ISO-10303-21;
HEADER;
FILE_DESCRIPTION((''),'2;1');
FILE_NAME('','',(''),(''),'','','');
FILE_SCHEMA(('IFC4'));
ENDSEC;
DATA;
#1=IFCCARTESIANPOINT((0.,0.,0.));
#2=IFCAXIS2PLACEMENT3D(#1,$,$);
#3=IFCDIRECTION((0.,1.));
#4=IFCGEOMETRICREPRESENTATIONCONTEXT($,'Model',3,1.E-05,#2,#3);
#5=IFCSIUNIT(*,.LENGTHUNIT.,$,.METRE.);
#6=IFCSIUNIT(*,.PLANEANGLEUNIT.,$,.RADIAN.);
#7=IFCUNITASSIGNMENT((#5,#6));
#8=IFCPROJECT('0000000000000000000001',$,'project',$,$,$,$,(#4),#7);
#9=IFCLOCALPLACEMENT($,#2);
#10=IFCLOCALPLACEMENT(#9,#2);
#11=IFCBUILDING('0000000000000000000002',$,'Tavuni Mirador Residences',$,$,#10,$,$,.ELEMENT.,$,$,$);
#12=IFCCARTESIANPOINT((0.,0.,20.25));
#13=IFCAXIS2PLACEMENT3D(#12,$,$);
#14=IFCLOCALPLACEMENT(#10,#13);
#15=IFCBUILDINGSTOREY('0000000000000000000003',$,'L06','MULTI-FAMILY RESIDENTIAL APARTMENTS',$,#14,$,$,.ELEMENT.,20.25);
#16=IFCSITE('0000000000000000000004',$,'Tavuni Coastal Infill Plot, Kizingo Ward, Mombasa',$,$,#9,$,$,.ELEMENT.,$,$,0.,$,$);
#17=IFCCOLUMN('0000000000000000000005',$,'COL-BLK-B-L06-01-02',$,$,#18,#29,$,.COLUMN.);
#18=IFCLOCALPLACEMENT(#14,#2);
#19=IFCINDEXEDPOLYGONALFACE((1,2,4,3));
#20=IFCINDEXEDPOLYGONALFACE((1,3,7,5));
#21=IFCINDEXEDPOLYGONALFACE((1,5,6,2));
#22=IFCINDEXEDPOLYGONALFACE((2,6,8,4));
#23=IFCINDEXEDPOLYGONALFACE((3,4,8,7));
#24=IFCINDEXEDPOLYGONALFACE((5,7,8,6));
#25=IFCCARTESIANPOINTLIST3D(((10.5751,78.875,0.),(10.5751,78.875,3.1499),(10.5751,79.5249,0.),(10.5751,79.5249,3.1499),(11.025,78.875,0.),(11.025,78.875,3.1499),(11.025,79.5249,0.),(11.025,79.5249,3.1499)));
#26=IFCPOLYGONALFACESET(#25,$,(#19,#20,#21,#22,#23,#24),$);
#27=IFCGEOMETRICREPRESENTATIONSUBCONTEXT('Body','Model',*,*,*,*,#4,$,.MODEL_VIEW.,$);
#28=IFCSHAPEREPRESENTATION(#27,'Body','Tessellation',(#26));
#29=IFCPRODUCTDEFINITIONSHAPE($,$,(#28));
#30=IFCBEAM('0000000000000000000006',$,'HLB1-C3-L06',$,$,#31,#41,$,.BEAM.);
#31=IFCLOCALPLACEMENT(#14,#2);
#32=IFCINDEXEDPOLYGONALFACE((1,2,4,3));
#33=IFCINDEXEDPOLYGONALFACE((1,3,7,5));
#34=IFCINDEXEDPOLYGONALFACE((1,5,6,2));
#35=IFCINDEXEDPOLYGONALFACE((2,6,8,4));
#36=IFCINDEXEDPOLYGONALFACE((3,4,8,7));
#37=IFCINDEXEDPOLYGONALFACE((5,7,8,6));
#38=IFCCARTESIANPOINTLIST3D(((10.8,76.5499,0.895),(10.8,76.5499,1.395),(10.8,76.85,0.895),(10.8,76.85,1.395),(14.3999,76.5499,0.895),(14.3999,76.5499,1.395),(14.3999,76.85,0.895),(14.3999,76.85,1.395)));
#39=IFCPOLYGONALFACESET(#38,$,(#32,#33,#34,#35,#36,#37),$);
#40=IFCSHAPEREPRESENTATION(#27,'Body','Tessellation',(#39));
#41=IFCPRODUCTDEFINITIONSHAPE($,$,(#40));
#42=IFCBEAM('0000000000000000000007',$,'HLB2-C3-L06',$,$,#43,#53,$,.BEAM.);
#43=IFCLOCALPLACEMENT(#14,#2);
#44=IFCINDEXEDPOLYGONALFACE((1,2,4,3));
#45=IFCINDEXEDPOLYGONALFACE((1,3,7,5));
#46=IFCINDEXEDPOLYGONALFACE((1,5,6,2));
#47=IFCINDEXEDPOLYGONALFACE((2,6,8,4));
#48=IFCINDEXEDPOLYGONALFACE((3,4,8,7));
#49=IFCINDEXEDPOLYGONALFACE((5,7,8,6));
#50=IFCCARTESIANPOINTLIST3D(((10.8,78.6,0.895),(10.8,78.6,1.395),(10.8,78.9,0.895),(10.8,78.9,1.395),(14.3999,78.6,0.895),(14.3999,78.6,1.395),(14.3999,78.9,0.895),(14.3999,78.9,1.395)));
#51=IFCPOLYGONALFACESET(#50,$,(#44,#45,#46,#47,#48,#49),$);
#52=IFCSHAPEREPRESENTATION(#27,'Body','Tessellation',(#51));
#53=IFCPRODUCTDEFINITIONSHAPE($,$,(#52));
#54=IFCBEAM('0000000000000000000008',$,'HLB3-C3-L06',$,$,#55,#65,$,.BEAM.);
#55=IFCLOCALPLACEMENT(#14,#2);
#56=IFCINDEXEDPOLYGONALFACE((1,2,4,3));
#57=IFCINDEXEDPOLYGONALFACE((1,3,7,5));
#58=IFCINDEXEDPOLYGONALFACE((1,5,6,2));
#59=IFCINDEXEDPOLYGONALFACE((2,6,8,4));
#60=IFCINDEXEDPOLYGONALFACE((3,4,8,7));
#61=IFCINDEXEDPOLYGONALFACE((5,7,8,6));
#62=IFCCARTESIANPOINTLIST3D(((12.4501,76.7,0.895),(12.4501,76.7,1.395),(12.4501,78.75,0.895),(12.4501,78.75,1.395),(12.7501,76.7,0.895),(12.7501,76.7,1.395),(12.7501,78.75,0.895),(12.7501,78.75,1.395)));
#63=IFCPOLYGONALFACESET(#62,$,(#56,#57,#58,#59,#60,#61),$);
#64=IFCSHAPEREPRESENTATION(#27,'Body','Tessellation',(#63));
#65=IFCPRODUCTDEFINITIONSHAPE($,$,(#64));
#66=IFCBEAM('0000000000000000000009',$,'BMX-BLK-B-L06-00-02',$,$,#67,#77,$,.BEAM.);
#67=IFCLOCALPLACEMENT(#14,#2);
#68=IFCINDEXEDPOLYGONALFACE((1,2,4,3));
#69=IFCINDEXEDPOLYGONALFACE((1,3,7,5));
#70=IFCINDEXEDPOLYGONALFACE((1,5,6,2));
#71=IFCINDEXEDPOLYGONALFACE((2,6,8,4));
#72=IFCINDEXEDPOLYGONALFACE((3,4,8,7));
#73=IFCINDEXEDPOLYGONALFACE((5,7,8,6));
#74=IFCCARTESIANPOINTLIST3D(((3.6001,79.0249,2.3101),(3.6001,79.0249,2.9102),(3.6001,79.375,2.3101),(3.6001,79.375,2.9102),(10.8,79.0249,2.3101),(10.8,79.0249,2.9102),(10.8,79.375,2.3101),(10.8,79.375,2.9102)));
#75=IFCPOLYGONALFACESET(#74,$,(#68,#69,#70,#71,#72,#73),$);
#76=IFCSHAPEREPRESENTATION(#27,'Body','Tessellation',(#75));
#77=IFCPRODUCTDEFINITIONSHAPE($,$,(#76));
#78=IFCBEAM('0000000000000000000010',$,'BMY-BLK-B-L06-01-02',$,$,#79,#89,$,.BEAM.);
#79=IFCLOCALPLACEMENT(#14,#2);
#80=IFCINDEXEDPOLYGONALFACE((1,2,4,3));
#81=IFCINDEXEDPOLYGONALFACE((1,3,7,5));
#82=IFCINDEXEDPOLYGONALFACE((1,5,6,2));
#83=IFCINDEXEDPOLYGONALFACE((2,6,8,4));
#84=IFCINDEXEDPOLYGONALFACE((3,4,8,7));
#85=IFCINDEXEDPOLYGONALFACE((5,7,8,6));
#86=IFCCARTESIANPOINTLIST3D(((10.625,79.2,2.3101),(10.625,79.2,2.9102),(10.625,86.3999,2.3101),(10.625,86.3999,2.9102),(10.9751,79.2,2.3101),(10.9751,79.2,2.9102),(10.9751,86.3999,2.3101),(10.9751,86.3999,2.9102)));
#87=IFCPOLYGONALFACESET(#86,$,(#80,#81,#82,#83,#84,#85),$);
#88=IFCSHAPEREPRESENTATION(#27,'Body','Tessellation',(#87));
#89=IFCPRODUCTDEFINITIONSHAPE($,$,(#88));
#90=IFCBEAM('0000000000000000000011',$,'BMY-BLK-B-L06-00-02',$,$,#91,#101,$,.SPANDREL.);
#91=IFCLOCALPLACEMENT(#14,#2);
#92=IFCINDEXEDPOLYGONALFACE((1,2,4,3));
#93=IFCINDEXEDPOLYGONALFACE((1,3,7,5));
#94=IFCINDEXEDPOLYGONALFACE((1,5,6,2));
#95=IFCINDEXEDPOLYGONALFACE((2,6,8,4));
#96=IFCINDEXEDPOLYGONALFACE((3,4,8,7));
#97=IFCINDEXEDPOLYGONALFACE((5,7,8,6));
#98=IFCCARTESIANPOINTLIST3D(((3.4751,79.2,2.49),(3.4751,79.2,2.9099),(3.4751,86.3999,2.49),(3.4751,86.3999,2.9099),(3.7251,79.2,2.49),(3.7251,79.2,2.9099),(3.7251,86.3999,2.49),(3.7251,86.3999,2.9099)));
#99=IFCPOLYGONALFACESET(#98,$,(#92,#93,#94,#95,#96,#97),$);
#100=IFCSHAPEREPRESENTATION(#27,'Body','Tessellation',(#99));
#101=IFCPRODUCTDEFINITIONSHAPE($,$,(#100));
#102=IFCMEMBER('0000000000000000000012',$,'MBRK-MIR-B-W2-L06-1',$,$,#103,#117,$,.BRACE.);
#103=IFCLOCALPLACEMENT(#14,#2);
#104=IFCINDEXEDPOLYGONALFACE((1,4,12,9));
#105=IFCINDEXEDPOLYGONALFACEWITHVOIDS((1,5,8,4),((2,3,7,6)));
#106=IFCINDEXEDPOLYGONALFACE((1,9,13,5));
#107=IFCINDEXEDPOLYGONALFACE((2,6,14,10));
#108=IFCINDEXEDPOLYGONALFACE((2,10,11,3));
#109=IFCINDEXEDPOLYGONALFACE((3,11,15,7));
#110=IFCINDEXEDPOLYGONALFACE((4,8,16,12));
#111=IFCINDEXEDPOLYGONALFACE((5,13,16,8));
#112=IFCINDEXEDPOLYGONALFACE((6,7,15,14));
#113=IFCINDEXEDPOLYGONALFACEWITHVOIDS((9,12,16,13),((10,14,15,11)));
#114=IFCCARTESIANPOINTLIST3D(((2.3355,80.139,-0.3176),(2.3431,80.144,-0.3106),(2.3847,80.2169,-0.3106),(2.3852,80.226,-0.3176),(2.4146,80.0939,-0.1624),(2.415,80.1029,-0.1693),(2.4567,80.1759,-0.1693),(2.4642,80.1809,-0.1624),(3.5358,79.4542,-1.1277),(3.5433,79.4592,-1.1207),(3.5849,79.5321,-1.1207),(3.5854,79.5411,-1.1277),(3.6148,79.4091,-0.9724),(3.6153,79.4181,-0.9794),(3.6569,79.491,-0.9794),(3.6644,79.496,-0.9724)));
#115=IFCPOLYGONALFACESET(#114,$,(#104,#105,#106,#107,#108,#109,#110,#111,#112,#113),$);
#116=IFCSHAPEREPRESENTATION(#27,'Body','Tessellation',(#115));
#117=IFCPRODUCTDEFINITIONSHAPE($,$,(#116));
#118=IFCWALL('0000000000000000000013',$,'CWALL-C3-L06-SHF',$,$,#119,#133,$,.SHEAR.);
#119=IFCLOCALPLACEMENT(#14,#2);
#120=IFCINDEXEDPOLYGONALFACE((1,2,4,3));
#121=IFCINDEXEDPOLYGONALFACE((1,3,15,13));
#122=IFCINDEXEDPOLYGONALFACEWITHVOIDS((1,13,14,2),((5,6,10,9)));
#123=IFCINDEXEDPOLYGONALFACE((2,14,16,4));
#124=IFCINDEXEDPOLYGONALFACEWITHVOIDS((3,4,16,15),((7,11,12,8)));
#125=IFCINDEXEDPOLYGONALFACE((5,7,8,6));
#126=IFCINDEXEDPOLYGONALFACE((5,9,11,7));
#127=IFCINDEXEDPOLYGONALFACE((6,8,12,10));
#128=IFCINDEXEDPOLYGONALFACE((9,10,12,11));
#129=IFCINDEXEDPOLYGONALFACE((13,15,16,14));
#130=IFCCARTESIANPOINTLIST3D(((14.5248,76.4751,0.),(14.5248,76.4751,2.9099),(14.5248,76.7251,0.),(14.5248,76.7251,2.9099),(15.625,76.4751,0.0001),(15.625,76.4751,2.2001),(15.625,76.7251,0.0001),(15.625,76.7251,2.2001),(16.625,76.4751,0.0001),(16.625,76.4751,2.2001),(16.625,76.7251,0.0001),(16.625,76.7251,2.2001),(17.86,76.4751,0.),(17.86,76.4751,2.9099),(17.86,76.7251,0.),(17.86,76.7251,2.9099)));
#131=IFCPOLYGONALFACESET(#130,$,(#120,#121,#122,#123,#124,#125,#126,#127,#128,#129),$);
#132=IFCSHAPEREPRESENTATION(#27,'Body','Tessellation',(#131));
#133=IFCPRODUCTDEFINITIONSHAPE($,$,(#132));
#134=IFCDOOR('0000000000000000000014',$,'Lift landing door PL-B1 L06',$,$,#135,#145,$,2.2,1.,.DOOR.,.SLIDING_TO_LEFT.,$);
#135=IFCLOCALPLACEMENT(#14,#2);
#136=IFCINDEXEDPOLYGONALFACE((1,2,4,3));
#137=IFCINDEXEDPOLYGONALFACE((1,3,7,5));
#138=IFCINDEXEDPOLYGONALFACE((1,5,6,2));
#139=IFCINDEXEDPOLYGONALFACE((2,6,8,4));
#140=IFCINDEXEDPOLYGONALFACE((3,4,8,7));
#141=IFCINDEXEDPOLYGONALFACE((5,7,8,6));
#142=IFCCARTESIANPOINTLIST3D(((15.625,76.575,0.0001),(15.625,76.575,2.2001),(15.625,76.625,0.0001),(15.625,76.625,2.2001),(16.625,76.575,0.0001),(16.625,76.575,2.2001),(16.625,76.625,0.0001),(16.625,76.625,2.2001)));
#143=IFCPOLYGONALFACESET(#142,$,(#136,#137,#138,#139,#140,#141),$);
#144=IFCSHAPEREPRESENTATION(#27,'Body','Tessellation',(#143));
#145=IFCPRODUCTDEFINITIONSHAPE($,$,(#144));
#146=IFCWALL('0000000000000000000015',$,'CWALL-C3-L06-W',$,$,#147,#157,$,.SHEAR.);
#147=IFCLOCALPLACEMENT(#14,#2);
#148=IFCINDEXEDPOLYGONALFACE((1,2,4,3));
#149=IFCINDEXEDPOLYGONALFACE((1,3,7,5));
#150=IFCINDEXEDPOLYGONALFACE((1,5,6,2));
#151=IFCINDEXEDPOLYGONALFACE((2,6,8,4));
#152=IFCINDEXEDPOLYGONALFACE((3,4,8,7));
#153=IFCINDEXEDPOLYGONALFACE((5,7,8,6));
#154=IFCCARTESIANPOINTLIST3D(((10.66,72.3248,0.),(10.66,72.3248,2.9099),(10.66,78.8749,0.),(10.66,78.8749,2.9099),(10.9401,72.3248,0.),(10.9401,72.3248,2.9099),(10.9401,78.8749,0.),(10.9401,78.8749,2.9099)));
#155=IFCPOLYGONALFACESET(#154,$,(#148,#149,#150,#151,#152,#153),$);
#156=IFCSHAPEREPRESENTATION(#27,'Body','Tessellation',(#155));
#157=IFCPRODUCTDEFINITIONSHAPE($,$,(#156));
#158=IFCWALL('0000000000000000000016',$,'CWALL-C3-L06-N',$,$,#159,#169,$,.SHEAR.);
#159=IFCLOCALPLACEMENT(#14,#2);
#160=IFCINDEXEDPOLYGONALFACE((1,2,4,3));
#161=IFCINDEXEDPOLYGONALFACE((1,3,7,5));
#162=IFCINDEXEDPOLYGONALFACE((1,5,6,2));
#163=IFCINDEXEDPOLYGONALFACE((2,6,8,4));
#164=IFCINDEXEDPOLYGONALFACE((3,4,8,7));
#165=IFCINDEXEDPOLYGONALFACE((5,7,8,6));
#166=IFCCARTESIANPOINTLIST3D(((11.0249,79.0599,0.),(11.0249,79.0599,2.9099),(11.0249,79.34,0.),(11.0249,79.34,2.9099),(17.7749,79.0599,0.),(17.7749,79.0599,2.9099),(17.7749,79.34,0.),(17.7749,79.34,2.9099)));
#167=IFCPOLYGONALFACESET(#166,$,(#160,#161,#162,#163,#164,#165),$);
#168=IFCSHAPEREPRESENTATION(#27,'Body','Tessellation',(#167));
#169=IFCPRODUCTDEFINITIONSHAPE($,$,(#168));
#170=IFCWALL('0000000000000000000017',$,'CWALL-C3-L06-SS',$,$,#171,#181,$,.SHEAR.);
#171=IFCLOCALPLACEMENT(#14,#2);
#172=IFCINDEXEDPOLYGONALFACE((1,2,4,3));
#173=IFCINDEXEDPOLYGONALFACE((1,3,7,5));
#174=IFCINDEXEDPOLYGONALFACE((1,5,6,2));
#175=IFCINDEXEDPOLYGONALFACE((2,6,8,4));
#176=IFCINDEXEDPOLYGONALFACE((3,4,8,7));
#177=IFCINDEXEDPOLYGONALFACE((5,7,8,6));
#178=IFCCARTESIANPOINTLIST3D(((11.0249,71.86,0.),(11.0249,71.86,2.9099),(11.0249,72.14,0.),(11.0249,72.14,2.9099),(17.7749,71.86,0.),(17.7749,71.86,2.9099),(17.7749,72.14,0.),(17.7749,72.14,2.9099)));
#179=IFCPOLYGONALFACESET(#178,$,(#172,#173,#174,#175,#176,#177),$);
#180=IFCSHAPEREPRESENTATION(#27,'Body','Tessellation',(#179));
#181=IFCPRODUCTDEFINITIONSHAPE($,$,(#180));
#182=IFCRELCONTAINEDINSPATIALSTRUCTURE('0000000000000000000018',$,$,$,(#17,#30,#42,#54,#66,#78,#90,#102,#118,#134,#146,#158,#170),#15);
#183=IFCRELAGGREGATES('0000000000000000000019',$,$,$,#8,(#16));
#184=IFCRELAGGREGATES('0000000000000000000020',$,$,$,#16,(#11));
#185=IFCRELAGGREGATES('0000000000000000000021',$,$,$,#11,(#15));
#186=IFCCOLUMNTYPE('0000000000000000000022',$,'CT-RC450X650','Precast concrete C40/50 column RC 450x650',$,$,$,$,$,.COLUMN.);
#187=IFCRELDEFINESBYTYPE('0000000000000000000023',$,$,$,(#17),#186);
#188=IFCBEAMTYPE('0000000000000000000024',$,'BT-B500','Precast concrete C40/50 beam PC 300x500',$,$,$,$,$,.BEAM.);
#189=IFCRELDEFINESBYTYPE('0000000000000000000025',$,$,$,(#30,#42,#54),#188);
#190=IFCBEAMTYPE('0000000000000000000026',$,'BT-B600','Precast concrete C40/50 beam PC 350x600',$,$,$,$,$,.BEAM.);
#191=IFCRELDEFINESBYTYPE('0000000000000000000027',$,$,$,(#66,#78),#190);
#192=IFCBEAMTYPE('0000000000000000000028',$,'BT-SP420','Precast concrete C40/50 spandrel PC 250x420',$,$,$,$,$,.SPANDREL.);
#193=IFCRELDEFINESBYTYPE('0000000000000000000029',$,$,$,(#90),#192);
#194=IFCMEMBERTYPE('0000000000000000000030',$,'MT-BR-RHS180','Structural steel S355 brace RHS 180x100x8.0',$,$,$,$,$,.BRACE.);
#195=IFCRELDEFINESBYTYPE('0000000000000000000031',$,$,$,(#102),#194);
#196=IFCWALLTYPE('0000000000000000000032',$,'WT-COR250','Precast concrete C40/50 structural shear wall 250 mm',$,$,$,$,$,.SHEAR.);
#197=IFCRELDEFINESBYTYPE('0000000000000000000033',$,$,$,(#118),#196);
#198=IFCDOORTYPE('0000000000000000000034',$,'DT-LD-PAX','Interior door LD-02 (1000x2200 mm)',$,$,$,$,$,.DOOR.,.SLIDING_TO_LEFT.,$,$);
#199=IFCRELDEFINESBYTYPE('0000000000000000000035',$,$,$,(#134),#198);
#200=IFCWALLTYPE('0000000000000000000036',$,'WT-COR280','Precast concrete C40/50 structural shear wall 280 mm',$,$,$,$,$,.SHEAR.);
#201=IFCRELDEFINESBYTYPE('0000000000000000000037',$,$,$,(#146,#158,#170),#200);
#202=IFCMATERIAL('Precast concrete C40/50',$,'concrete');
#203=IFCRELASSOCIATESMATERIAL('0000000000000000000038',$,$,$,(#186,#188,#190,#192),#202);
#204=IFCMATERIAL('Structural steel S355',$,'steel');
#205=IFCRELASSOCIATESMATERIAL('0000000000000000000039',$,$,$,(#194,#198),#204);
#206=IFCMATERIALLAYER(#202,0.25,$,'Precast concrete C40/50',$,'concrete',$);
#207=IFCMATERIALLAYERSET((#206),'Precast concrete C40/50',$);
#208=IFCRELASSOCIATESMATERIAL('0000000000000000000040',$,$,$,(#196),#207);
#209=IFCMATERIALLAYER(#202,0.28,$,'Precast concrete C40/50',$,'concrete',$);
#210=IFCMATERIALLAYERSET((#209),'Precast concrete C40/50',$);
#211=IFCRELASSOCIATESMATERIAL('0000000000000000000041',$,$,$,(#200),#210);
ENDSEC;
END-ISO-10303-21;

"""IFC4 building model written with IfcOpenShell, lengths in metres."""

from ifc_helpers import new_model, si_unit, direction, frame, frame_2d, origin, origin_2d, place, context, subcontext, project, spatial, rectangle, hollow_rectangle, extrude, material, layer, layer_set, material_profile, profile_set, type_object, element, fill, save


model = new_model("IFC4")

# Units and contexts
model_context = context("Model", 3, precision=1e-05, world=origin(), true_north=direction((0.0, 1.0)))
body_context = subcontext(model_context, "Body", "Model", "MODEL_VIEW")
ifc_project = project(units=[si_unit("LENGTHUNIT", "METRE"), si_unit("PLANEANGLEUNIT", "RADIAN")], contexts=[model_context])

# Site, building, storey
site_placement = place(None, origin())
site = spatial("IfcSite", under=ifc_project, at=site_placement, Name="Tavuni Coastal Infill Plot, Kizingo Ward, Mombasa", CompositionType="ELEMENT", RefElevation=0.0)
building_placement = place(site_placement, origin())
building = spatial("IfcBuilding", under=site, at=building_placement, Name="Tavuni Mirador Residences", CompositionType="ELEMENT")
storey_placement = place(building_placement, frame((0.0, 0.0, 20.25)))
storey = spatial("IfcBuildingStorey", under=building, at=storey_placement, Name="L06", Description="MULTI-FAMILY RESIDENTIAL APARTMENTS", CompositionType="ELEMENT", Elevation=20.25)

# Column
ifc_material_1 = material(Name="Precast concrete C40/50", Category="concrete")
ifc_material_profile_1 = material_profile(ifc_material_1, rectangle(XDim=0.45, YDim=0.6499, at=origin_2d()), Name="RC 450x650", Category="concrete")
ifc_profile_set_1 = profile_set([ifc_material_profile_1], Name="Precast concrete C40/50")
column_type = type_object("IfcColumnType", Name="CT-RC450X650", Description="Precast concrete C40/50 column RC 450x650", PredefinedType="COLUMN", material=ifc_profile_set_1)
column_placement = place(storey_placement, frame((10.8, 79.2, 0.0), z_axis=(0.0, 0.0, 1.0), x_axis=(1.0, 0.0, 0.0)))
element("IfcColumn", 1, at=column_placement, inside=storey, type_object=column_type, Name="COL-BLK-B-L06-01-02", PredefinedType="COLUMN", context=body_context, shape_type="SweptSolid", body=[
    extrude(rectangle(XDim=0.45, YDim=0.6499, at=origin_2d()), origin(), (0.0, 0.0, 1.0), 3.1499),
])

# Beams
ifc_material_profile_2 = material_profile(ifc_material_1, rectangle(XDim=0.3, YDim=0.5, at=origin_2d()), Name="PC 300x500", Category="concrete")
ifc_profile_set_2 = profile_set([ifc_material_profile_2], Name="Precast concrete C40/50")
beam_type_1 = type_object("IfcBeamType", Name="BT-B500", Description="Precast concrete C40/50 beam PC 300x500", PredefinedType="BEAM", material=ifc_profile_set_2)
for number, where, z_axis, x_axis, name in (
    (2, (10.8, 76.7, 1.145), (1.0, 0.0, 0.0), (0.0, 1.0, 0.0), "HLB1-C3-L06"),
    (3, (10.8, 78.75, 1.145), (1.0, 0.0, 0.0), (0.0, 1.0, 0.0), "HLB2-C3-L06"),
):
    element("IfcBeam", number, at=place(storey_placement, frame(where, z_axis=z_axis, x_axis=x_axis)), inside=storey, type_object=beam_type_1, Name=name, PredefinedType="BEAM", context=body_context, shape_type="SweptSolid", body=[
        extrude(rectangle(XDim=0.3, YDim=0.5, at=origin_2d()), origin(), (0.0, 0.0, 1.0), 3.5999),
    ])
beam_1_placement = place(storey_placement, frame((12.6001, 76.7, 1.145), z_axis=(0.0, 1.0, 0.0), x_axis=(-1.0, 0.0, 0.0)))
element("IfcBeam", 4, at=beam_1_placement, inside=storey, type_object=beam_type_1, Name="HLB3-C3-L06", PredefinedType="BEAM", context=body_context, shape_type="SweptSolid", body=[
    extrude(rectangle(XDim=0.3, YDim=0.5, at=origin_2d()), origin(), (0.0, 0.0, 1.0), 2.05),
])
ifc_material_profile_3 = material_profile(ifc_material_1, rectangle(XDim=0.3501, YDim=0.6001, at=origin_2d()), Name="PC 350x600", Category="concrete")
ifc_profile_set_3 = profile_set([ifc_material_profile_3], Name="Precast concrete C40/50")
beam_type_2 = type_object("IfcBeamType", Name="BT-B600", Description="Precast concrete C40/50 beam PC 350x600", PredefinedType="BEAM", material=ifc_profile_set_3)
for number, where, z_axis, x_axis, name in (
    (5, (3.6001, 79.2, 2.6101), (1.0, 0.0, 0.0), (0.0, 1.0, 0.0), "BMX-BLK-B-L06-00-02"),
    (6, (10.8, 79.2, 2.6101), (0.0, 1.0, 0.0), (-1.0, 0.0, 0.0), "BMY-BLK-B-L06-01-02"),
):
    element("IfcBeam", number, at=place(storey_placement, frame(where, z_axis=z_axis, x_axis=x_axis)), inside=storey, type_object=beam_type_2, Name=name, PredefinedType="BEAM", context=body_context, shape_type="SweptSolid", body=[
        extrude(rectangle(XDim=0.3501, YDim=0.6001, at=origin_2d()), origin(), (0.0, 0.0, 1.0), 7.2),
    ])
ifc_material_profile_4 = material_profile(ifc_material_1, rectangle(XDim=0.25, YDim=0.4199, at=origin_2d()), Name="PC 250x420", Category="concrete")
ifc_profile_set_4 = profile_set([ifc_material_profile_4], Name="Precast concrete C40/50")
beam_type_3 = type_object("IfcBeamType", Name="BT-SP420", Description="Precast concrete C40/50 spandrel PC 250x420", PredefinedType="SPANDREL", material=ifc_profile_set_4)
beam_2_placement = place(storey_placement, frame((3.6001, 79.2, 2.7), z_axis=(0.0, 1.0, 0.0), x_axis=(-1.0, 0.0, 0.0)))
element("IfcBeam", 7, at=beam_2_placement, inside=storey, type_object=beam_type_3, Name="BMY-BLK-B-L06-00-02", PredefinedType="SPANDREL", context=body_context, shape_type="SweptSolid", body=[
    extrude(rectangle(XDim=0.25, YDim=0.4199, at=origin_2d()), origin(), (0.0, 0.0, 1.0), 7.2),
])

# Member
ifc_material_2 = material(Name="Structural steel S355", Category="steel")
ifc_material_profile_5 = material_profile(ifc_material_2, hollow_rectangle(XDim=0.1001, YDim=0.1799, WallThickness=0.0081, at=origin_2d()), Name="RHS 180x100x8.0", Category="steel")
ifc_profile_set_5 = profile_set([ifc_material_profile_5], Name="Structural steel S355")
member_type = type_object("IfcMemberType", Name="MT-BR-RHS180", Description="Structural steel S355 brace RHS 180x100x8.0", PredefinedType="BRACE", material=ifc_profile_set_5)
member_placement = place(storey_placement, frame((3.6001, 79.4751, -1.05), z_axis=(-0.749298, 0.427539, 0.50573), x_axis=(-0.495587, -0.868558, 0.0)))
element("IfcMember", 8, at=member_placement, inside=storey, type_object=member_type, Name="MBRK-MIR-B-W2-L06-1", PredefinedType="BRACE", context=body_context, shape_type="SweptSolid", body=[
    extrude(hollow_rectangle(XDim=0.1001, YDim=0.1799, WallThickness=0.0081, at=origin_2d()), origin(), (0.0, 0.0, 1.0), 1.6018),
])

# Wall, opening, door
ifc_layer_1 = layer(ifc_material_1, 0.25, Name="Precast concrete C40/50", Category="concrete")
ifc_layer_set_1 = layer_set([ifc_layer_1], Name="Precast concrete C40/50")
wall_type_1 = type_object("IfcWallType", Name="WT-COR250", Description="Precast concrete C40/50 structural shear wall 250 mm", PredefinedType="SHEAR", material=ifc_layer_set_1)
wall_1_placement = place(storey_placement, frame((14.5249, 76.6001, 0.0), z_axis=(0.0, 0.0, 1.0), x_axis=(1.0, 0.0, 0.0)))
wall_1 = element("IfcWall", 9, at=wall_1_placement, inside=storey, type_object=wall_type_1, Name="CWALL-C3-L06-SHF", PredefinedType="SHEAR", context=body_context, shape_type="SweptSolid", body=[
    extrude(rectangle(XDim=3.3352, YDim=0.25, at=frame_2d((1.6675, 0.0))), origin(), (0.0, 0.0, 1.0), 2.9099),
])
opening_1_placement = place(wall_1_placement, frame((1.1001, 0.0, 0.0)))
opening_1 = element("IfcOpeningElement", 10, at=opening_1_placement, cuts=wall_1, PredefinedType="OPENING", context=body_context, shape_type="SweptSolid", body=[
    extrude(rectangle(XDim=1.0, YDim=2.2, at=frame_2d((0.5, 1.1001))), frame((0.0, 0.135, 0.0), z_axis=(0.0, -1.0, 0.0), x_axis=(1.0, 0.0, 0.0)), (0.0, 0.0, 1.0), 0.27),
])
door_type_1 = type_object("IfcDoorType", Name="DT-LD-PAX", Description="Interior door LD-02 (1000x2200 mm)", OperationType="SLIDING_TO_LEFT", PredefinedType="DOOR", material=ifc_material_2)
door_1_placement = place(opening_1_placement, origin())
door_1 = element("IfcDoor", 11, at=door_1_placement, inside=storey, type_object=door_type_1, Name="Lift landing door PL-B1 L06", OperationType="SLIDING_TO_LEFT", OverallHeight=2.2, OverallWidth=1.0, PredefinedType="DOOR", context=body_context, shape_type="SweptSolid", body=[
    extrude(rectangle(XDim=1.0, YDim=2.2, at=frame_2d((0.5, 1.1001))), frame((0.0, 0.0249, 0.0), z_axis=(0.0, -1.0, 0.0), x_axis=(1.0, 0.0, 0.0)), (0.0, 0.0, 1.0), 0.05),
])
fill(opening_1, door_1)

# Walls
ifc_layer_2 = layer(ifc_material_1, 0.28, Name="Precast concrete C40/50", Category="concrete")
ifc_layer_set_2 = layer_set([ifc_layer_2], Name="Precast concrete C40/50")
wall_type_2 = type_object("IfcWallType", Name="WT-COR280", Description="Precast concrete C40/50 structural shear wall 280 mm", PredefinedType="SHEAR", material=ifc_layer_set_2)
wall_2_placement = place(storey_placement, frame((10.8, 72.325, 0.0), z_axis=(0.0, 0.0, 1.0), x_axis=(0.0, 1.0, 0.0)))
element("IfcWall", 12, at=wall_2_placement, inside=storey, type_object=wall_type_2, Name="CWALL-C3-L06-W", PredefinedType="SHEAR", context=body_context, shape_type="SweptSolid", body=[
    extrude(rectangle(XDim=6.55, YDim=0.28, at=frame_2d((3.2749, 0.0))), origin(), (0.0, 0.0, 1.0), 2.9099),
])
for number, where, z_axis, x_axis, name in (
    (13, (11.0249, 79.2, 0.0), (0.0, 0.0, 1.0), (1.0, 0.0, 0.0), "CWALL-C3-L06-N"),
    (14, (11.0249, 72.0, 0.0), (0.0, 0.0, 1.0), (1.0, 0.0, 0.0), "CWALL-C3-L06-SS"),
):
    element("IfcWall", number, at=place(storey_placement, frame(where, z_axis=z_axis, x_axis=x_axis)), inside=storey, type_object=wall_type_2, Name=name, PredefinedType="SHEAR", context=body_context, shape_type="SweptSolid", body=[
        extrude(rectangle(XDim=6.75, YDim=0.28, at=frame_2d((3.375, 0.0))), origin(), (0.0, 0.0, 1.0), 2.9099),
    ])

save(model, "model.ifc")
